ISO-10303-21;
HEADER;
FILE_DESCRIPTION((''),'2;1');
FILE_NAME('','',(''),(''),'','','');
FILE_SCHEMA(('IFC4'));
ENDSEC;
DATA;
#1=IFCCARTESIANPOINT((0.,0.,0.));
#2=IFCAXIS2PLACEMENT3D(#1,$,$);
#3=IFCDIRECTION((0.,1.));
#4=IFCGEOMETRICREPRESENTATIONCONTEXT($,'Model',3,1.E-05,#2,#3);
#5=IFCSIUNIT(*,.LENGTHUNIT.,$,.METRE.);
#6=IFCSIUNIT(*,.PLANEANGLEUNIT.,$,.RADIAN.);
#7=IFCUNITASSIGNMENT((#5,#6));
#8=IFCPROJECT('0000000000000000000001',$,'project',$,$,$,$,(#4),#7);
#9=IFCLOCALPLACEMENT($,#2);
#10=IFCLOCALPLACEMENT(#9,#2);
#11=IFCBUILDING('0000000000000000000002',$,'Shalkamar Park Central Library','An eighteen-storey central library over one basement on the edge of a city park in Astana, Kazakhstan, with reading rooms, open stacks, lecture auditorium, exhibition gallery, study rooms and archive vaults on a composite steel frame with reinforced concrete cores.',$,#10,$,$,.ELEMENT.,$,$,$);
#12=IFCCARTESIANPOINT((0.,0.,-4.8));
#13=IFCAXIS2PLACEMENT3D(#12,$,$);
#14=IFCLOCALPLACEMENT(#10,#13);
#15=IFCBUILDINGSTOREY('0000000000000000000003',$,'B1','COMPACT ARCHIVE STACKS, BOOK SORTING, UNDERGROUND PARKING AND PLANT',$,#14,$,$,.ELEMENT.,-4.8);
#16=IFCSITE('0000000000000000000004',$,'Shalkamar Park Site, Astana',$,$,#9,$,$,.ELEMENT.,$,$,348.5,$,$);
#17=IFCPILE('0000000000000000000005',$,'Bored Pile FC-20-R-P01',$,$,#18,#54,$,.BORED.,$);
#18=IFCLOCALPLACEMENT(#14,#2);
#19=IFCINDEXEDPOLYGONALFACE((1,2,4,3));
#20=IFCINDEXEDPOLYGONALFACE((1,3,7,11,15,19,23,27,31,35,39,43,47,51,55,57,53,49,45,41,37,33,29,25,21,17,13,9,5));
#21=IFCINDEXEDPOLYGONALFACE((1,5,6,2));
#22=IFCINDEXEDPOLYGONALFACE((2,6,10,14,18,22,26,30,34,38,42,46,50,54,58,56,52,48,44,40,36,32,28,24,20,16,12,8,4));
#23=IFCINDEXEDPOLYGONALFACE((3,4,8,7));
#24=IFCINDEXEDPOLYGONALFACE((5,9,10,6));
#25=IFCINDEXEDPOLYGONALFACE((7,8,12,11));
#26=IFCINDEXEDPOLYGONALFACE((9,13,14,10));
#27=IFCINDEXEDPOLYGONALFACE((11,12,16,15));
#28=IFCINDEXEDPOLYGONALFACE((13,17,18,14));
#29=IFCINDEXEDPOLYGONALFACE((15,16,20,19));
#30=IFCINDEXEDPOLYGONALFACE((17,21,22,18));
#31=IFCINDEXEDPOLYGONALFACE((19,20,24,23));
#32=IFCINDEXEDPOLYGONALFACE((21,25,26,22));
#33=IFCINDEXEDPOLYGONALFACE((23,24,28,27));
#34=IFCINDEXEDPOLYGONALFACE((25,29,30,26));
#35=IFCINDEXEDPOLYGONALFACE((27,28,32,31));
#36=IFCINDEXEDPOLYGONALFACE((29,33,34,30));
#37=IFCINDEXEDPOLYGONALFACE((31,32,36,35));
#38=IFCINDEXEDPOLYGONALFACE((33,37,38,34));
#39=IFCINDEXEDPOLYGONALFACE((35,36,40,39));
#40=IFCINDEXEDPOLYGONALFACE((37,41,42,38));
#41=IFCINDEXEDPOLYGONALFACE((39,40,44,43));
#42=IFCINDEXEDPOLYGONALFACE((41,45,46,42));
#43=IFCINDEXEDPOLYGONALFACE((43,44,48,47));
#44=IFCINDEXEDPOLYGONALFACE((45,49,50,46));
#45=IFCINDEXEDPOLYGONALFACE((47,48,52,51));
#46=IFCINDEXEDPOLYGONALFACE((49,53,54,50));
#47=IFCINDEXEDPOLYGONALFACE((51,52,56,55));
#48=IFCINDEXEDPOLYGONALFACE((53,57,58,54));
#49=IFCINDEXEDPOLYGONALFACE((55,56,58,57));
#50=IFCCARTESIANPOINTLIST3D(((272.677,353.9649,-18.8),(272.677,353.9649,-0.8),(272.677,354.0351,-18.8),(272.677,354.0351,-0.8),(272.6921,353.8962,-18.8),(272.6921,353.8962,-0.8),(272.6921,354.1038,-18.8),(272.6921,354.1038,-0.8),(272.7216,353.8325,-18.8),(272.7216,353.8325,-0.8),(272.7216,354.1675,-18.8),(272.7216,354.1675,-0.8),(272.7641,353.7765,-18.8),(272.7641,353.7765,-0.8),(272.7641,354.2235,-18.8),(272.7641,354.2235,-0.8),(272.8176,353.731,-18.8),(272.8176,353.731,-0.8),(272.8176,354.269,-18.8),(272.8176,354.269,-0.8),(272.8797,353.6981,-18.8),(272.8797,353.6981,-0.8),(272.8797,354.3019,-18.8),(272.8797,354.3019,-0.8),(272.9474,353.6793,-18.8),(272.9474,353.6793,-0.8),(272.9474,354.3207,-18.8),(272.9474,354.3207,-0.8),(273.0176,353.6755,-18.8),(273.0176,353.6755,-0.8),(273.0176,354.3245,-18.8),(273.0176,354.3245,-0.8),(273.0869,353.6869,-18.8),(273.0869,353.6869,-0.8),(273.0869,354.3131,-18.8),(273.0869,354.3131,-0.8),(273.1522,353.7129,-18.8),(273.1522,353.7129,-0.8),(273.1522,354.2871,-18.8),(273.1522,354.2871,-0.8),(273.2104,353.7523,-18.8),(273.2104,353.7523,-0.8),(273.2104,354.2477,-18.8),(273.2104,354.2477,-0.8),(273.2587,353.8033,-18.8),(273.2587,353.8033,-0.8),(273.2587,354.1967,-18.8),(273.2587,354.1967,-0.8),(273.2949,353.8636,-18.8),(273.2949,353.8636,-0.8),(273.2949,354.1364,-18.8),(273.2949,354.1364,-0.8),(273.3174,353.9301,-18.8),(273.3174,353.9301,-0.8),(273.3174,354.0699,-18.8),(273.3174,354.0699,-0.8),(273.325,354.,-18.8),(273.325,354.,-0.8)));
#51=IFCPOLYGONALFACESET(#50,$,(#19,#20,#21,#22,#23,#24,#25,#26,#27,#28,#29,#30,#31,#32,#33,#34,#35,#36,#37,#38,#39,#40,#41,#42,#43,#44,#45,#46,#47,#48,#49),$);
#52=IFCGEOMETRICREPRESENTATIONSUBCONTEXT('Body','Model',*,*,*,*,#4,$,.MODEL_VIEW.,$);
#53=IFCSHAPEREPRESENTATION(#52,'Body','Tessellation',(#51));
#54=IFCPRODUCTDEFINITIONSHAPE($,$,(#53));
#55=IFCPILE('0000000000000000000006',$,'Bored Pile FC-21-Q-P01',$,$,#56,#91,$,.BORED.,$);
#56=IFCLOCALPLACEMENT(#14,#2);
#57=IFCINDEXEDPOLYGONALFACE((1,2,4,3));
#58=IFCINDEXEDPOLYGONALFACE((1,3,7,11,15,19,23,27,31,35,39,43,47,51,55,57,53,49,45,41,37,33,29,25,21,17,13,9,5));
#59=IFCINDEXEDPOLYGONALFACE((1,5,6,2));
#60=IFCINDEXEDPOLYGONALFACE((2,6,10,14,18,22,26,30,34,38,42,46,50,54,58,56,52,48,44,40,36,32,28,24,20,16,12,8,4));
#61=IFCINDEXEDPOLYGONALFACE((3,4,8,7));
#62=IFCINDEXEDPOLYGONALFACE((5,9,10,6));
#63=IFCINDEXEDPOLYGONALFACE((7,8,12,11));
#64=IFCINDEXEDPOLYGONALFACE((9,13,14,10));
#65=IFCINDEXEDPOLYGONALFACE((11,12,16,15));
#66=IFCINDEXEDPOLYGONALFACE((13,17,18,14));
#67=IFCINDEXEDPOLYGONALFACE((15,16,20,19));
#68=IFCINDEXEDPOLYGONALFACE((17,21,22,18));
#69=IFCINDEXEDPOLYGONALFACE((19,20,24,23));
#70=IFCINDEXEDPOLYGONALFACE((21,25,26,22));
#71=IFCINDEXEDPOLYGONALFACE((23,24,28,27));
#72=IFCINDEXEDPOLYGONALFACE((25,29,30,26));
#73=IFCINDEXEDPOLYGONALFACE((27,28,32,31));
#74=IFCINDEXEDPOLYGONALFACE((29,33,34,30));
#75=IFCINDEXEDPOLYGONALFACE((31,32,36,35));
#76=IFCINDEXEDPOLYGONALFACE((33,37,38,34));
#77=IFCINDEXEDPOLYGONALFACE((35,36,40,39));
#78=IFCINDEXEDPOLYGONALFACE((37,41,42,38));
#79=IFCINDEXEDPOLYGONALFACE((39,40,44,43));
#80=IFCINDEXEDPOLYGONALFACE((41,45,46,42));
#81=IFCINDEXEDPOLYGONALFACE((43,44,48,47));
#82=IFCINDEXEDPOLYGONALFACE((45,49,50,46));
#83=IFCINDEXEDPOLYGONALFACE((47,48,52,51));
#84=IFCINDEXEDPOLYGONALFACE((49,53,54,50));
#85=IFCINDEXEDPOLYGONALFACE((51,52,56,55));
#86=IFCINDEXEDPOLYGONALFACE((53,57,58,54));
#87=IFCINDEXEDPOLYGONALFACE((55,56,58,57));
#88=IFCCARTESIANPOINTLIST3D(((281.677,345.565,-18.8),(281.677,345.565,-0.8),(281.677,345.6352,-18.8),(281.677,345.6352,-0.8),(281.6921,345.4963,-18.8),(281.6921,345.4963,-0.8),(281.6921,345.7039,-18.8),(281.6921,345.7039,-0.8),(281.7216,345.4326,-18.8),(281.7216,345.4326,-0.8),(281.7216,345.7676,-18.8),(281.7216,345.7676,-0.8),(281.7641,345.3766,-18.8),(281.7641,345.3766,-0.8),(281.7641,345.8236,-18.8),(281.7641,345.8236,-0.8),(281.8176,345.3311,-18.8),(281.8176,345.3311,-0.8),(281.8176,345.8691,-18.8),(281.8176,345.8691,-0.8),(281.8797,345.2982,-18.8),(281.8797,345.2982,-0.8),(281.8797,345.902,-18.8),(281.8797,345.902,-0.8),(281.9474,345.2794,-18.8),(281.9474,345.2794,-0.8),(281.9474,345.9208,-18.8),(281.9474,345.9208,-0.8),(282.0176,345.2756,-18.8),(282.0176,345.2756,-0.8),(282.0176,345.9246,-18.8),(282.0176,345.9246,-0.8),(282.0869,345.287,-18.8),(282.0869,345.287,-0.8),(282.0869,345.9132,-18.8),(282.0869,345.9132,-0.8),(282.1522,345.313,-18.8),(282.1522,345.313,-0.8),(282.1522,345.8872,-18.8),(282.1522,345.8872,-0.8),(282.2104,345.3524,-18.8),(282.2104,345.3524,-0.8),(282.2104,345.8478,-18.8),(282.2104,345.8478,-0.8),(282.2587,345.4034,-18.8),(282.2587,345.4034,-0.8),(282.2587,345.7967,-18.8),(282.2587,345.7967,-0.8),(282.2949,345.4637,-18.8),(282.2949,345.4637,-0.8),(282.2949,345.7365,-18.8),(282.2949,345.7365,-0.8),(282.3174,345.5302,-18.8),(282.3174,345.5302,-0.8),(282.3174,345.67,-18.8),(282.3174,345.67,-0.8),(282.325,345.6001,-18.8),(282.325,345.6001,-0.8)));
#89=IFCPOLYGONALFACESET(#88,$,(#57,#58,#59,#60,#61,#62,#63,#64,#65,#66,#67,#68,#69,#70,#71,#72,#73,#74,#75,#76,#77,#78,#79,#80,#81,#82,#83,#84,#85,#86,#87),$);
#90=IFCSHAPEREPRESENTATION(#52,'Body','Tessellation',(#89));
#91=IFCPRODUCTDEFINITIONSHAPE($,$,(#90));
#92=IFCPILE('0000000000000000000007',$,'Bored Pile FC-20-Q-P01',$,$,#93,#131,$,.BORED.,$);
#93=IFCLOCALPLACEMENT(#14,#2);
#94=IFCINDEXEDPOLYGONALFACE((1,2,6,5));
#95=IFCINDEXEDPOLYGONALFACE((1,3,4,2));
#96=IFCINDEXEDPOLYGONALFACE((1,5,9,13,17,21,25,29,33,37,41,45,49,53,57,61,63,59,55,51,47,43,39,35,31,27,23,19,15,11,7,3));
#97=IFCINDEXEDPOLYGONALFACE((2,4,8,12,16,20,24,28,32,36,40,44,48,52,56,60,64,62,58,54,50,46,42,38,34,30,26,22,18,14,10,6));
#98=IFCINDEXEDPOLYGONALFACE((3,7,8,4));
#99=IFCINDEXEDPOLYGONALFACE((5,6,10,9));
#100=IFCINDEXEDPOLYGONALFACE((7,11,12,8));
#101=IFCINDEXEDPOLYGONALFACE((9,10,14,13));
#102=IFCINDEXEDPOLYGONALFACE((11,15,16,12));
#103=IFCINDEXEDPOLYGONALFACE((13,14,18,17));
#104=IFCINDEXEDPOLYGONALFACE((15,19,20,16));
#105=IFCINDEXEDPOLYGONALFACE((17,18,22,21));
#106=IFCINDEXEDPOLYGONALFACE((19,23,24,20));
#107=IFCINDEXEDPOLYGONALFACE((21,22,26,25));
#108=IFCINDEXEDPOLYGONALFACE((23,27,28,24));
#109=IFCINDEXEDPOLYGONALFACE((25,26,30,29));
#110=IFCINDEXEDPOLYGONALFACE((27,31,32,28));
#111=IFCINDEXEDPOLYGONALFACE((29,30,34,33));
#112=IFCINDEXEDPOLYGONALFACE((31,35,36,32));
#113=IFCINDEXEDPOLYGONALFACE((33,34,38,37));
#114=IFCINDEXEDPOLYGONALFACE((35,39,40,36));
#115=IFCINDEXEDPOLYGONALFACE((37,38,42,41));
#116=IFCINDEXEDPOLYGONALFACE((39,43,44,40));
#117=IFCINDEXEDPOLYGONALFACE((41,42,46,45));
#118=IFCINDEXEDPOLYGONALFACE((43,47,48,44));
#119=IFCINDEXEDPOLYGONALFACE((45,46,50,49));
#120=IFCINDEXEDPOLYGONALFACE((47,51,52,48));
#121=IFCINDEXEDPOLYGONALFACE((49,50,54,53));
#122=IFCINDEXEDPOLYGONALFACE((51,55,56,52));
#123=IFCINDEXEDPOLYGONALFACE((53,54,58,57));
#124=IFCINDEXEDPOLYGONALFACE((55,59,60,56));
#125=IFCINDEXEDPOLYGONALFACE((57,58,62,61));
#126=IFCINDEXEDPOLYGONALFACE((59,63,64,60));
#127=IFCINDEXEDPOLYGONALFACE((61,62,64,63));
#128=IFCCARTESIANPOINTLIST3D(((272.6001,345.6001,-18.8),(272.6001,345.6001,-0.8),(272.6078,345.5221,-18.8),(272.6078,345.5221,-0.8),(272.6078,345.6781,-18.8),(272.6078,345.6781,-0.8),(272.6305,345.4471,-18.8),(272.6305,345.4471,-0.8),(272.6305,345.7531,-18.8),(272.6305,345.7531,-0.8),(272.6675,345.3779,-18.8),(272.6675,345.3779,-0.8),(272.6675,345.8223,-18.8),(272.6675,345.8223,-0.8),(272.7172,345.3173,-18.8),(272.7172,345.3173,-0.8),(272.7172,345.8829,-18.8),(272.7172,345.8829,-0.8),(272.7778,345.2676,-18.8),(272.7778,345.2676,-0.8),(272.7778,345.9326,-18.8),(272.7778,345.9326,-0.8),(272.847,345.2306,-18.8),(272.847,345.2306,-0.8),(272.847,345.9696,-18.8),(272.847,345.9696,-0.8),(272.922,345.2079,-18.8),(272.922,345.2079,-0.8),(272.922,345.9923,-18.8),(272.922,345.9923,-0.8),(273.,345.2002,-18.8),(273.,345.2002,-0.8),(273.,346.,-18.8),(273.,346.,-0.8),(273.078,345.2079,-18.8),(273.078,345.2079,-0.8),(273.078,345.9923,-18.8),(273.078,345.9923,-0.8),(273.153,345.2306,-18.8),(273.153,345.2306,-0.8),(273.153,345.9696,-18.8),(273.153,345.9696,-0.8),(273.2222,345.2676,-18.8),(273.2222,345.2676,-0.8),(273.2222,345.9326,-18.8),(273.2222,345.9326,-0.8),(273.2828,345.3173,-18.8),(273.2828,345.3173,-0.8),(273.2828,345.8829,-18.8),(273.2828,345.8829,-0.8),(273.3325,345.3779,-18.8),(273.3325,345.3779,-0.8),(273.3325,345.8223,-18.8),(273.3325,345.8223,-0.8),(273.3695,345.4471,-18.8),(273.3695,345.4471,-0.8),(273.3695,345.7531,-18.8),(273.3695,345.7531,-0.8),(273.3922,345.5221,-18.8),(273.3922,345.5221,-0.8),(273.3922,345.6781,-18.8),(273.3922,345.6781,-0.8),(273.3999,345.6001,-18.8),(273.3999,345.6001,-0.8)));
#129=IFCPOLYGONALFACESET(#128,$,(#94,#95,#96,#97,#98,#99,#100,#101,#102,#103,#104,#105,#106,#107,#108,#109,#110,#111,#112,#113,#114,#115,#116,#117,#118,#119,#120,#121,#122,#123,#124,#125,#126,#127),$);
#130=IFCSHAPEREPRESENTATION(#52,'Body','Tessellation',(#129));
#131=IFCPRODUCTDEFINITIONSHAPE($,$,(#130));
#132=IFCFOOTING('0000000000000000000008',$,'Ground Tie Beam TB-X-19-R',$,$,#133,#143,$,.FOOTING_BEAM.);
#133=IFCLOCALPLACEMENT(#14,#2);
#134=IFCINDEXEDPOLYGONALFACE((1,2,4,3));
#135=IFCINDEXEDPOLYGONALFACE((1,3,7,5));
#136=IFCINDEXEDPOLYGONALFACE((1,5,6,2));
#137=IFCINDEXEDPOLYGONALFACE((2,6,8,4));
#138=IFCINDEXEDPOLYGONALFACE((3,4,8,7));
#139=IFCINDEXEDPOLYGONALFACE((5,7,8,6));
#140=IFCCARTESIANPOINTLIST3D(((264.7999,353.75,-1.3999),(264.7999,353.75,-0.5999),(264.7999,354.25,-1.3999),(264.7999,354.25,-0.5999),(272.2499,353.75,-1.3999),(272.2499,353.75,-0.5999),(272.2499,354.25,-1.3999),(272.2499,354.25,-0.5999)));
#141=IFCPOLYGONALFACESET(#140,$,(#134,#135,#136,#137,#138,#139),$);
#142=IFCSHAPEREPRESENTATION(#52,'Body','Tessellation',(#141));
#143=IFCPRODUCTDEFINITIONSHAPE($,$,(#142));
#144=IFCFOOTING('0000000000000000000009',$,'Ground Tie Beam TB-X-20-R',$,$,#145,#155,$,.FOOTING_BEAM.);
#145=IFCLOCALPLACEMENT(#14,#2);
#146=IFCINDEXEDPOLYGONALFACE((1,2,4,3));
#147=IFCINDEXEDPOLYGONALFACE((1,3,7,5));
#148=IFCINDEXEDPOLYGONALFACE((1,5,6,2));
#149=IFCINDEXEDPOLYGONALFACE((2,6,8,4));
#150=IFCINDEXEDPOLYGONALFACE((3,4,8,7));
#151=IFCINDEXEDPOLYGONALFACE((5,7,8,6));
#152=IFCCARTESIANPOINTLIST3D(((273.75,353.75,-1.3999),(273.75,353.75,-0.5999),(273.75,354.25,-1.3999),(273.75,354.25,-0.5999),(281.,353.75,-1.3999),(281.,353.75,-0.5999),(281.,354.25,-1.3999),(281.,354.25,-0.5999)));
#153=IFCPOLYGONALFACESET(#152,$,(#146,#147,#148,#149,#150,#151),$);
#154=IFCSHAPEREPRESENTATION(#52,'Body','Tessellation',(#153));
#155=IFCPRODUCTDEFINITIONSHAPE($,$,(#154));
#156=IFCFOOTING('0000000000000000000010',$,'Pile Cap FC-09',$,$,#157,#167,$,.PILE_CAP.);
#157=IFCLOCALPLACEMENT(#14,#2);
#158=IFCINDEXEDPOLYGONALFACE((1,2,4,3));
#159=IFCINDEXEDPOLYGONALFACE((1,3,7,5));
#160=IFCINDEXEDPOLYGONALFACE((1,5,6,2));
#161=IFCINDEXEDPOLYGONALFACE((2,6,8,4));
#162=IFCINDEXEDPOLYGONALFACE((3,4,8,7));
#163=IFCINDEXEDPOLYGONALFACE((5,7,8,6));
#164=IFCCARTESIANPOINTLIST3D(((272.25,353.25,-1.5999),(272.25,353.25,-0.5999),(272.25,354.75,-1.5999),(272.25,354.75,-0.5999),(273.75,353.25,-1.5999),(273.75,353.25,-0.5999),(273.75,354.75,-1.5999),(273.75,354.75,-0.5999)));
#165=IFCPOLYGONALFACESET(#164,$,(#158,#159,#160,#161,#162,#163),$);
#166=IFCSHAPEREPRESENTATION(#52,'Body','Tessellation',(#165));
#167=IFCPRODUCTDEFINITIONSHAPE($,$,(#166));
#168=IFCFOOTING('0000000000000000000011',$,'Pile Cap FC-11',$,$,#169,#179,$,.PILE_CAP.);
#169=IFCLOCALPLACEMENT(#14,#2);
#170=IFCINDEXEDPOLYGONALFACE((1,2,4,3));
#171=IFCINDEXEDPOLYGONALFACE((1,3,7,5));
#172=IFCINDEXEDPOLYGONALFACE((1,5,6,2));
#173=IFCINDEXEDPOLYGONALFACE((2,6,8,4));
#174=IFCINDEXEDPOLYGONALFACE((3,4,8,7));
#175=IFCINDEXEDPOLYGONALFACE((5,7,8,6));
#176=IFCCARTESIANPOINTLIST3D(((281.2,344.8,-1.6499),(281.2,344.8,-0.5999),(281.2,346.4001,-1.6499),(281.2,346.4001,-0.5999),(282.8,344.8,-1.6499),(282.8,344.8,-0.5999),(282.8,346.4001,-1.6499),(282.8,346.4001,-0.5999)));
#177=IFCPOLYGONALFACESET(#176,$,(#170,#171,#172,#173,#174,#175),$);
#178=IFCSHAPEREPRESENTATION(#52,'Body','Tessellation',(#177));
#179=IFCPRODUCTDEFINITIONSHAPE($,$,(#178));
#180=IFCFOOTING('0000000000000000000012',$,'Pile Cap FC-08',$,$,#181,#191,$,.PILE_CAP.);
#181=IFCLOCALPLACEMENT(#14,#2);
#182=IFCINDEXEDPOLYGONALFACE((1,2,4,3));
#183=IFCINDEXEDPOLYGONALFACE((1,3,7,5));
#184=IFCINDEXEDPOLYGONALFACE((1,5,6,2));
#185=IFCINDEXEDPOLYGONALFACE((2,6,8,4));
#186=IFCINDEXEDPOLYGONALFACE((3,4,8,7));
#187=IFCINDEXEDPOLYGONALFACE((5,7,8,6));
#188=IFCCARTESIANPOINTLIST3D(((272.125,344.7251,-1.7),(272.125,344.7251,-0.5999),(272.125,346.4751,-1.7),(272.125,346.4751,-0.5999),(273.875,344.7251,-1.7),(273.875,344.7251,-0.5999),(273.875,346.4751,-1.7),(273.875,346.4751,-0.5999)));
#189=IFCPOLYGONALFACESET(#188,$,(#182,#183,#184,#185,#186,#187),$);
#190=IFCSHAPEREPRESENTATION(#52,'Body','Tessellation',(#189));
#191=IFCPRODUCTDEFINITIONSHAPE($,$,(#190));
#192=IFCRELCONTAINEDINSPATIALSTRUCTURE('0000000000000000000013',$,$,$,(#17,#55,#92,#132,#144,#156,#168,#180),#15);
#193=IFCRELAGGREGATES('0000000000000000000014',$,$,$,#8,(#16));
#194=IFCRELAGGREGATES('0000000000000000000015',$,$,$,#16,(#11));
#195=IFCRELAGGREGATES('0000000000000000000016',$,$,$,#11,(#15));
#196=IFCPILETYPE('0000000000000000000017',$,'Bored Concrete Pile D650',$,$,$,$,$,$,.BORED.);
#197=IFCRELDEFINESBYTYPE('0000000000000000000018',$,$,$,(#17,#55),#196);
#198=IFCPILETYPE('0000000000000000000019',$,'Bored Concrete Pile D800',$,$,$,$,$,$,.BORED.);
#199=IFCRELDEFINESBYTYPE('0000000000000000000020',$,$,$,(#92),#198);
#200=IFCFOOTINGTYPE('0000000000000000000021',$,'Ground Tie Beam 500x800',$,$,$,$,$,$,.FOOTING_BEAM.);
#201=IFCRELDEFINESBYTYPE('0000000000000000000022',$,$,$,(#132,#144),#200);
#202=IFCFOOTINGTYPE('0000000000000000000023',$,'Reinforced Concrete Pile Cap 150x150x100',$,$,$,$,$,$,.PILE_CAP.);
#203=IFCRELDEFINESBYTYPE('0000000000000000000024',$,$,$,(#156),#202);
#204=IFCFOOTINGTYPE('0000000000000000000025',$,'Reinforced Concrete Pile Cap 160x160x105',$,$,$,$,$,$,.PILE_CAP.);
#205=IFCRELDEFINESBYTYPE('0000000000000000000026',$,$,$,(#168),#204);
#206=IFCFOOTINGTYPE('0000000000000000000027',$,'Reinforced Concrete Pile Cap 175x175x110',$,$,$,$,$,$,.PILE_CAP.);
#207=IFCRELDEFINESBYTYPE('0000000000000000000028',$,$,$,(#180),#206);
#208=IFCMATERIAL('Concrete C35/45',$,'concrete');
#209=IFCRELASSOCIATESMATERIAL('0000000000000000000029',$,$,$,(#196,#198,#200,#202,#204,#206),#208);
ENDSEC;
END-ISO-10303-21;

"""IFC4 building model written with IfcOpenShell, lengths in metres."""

from ifc_helpers import new_model, si_unit, direction, frame, origin, origin_2d, place, context, subcontext, project, spatial, rectangle, circle, extrude, material, material_profile, profile_set, type_object, element, save


model = new_model("IFC4")

# Units and contexts
model_context = context("Model", 3, precision=1e-05, world=origin(), true_north=direction((0.0, 1.0)))
body_context = subcontext(model_context, "Body", "Model", "MODEL_VIEW")
ifc_project = project(units=[si_unit("LENGTHUNIT", "METRE"), si_unit("PLANEANGLEUNIT", "RADIAN")], contexts=[model_context])

# Site, building, storey
site_placement = place(None, origin())
site = spatial("IfcSite", under=ifc_project, at=site_placement, Name="Shalkamar Park Site, Astana", CompositionType="ELEMENT", RefElevation=348.5)
building_placement = place(site_placement, origin())
building = spatial("IfcBuilding", under=site, at=building_placement, Name="Shalkamar Park Central Library", Description="An eighteen-storey central library over one basement on the edge of a city park in Astana, Kazakhstan, with reading rooms, open stacks, lecture auditorium, exhibition gallery, study rooms and archive vaults on a composite steel frame with reinforced concrete cores.", CompositionType="ELEMENT")
storey_placement = place(building_placement, frame((0.0, 0.0, -4.8)))
storey = spatial("IfcBuildingStorey", under=building, at=storey_placement, Name="B1", Description="COMPACT ARCHIVE STACKS, BOOK SORTING, UNDERGROUND PARKING AND PLANT", CompositionType="ELEMENT", Elevation=-4.8)

# Piles
ifc_material_1 = material(Name="Concrete C35/45", Category="concrete")
ifc_material_profile_1 = material_profile(ifc_material_1, circle(Radius=0.325, at=origin_2d()), Name="PILE D650")
ifc_profile_set_1 = profile_set([ifc_material_profile_1], Name="Concrete C35/45")
pile_type_1 = type_object("IfcPileType", Name="Bored Concrete Pile D650", PredefinedType="BORED", material=ifc_profile_set_1)
for number, where, z_axis, x_axis, name in (
    (1, (273.0, 354.0, -0.8), (0.0, 0.0, -1.0), (1.0, 0.0, 0.0), "Bored Pile FC-20-R-P01"),
    (2, (282.0, 345.6001, -0.8), (0.0, 0.0, -1.0), (1.0, 0.0, 0.0), "Bored Pile FC-21-Q-P01"),
):
    element("IfcPile", number, at=place(storey_placement, frame(where, z_axis=z_axis, x_axis=x_axis)), inside=storey, type_object=pile_type_1, Name=name, PredefinedType="BORED", context=body_context, shape_type="SweptSolid", body=[
        extrude(circle(Radius=0.325, at=origin_2d()), origin(), (0.0, 0.0, 1.0), 18.0),
    ])
ifc_material_profile_2 = material_profile(ifc_material_1, circle(Radius=0.3999, at=origin_2d()), Name="PILE D800")
ifc_profile_set_2 = profile_set([ifc_material_profile_2], Name="Concrete C35/45")
pile_type_2 = type_object("IfcPileType", Name="Bored Concrete Pile D800", PredefinedType="BORED", material=ifc_profile_set_2)
pile_placement = place(storey_placement, frame((273.0, 345.6001, -0.8), z_axis=(0.0, 0.0, -1.0), x_axis=(1.0, 0.0, 0.0)))
element("IfcPile", 3, at=pile_placement, inside=storey, type_object=pile_type_2, Name="Bored Pile FC-20-Q-P01", PredefinedType="BORED", context=body_context, shape_type="SweptSolid", body=[
    extrude(circle(Radius=0.3999, at=origin_2d()), origin(), (0.0, 0.0, 1.0), 18.0),
])

# Footings
footing_type_1 = type_object("IfcFootingType", Name="Ground Tie Beam 500x800", PredefinedType="FOOTING_BEAM", material=ifc_material_1)
footing_1_placement = place(storey_placement, frame((268.5249, 354.0, -1.3999), z_axis=(0.0, 0.0, 1.0), x_axis=(1.0, 0.0, 0.0)))
element("IfcFooting", 4, at=footing_1_placement, inside=storey, type_object=footing_type_1, Name="Ground Tie Beam TB-X-19-R", PredefinedType="FOOTING_BEAM", context=body_context, shape_type="SweptSolid", body=[
    extrude(rectangle(XDim=7.45, YDim=0.5, at=origin_2d()), origin(), (0.0, 0.0, 1.0), 0.8),
])
footing_2_placement = place(storey_placement, frame((277.375, 354.0, -1.3999), z_axis=(0.0, 0.0, 1.0), x_axis=(1.0, 0.0, 0.0)))
element("IfcFooting", 5, at=footing_2_placement, inside=storey, type_object=footing_type_1, Name="Ground Tie Beam TB-X-20-R", PredefinedType="FOOTING_BEAM", context=body_context, shape_type="SweptSolid", body=[
    extrude(rectangle(XDim=7.25, YDim=0.5, at=origin_2d()), origin(), (0.0, 0.0, 1.0), 0.8),
])
footing_type_2 = type_object("IfcFootingType", Name="Reinforced Concrete Pile Cap 150x150x100", PredefinedType="PILE_CAP", material=ifc_material_1)
footing_3_placement = place(storey_placement, frame((273.0, 354.0, -1.5999), z_axis=(0.0, 0.0, 1.0), x_axis=(1.0, 0.0, 0.0)))
element("IfcFooting", 6, at=footing_3_placement, inside=storey, type_object=footing_type_2, Name="Pile Cap FC-09", PredefinedType="PILE_CAP", context=body_context, shape_type="SweptSolid", body=[
    extrude(rectangle(XDim=1.5, YDim=1.5, at=origin_2d()), origin(), (0.0, 0.0, 1.0), 1.0),
])
footing_type_3 = type_object("IfcFootingType", Name="Reinforced Concrete Pile Cap 160x160x105", PredefinedType="PILE_CAP", material=ifc_material_1)
footing_4_placement = place(storey_placement, frame((282.0, 345.6001, -1.6499), z_axis=(0.0, 0.0, 1.0), x_axis=(1.0, 0.0, 0.0)))
element("IfcFooting", 7, at=footing_4_placement, inside=storey, type_object=footing_type_3, Name="Pile Cap FC-11", PredefinedType="PILE_CAP", context=body_context, shape_type="SweptSolid", body=[
    extrude(rectangle(XDim=1.6001, YDim=1.6001, at=origin_2d()), origin(), (0.0, 0.0, 1.0), 1.05),
])
footing_type_4 = type_object("IfcFootingType", Name="Reinforced Concrete Pile Cap 175x175x110", PredefinedType="PILE_CAP", material=ifc_material_1)
footing_5_placement = place(storey_placement, frame((273.0, 345.6001, -1.7), z_axis=(0.0, 0.0, 1.0), x_axis=(1.0, 0.0, 0.0)))
element("IfcFooting", 8, at=footing_5_placement, inside=storey, type_object=footing_type_4, Name="Pile Cap FC-08", PredefinedType="PILE_CAP", context=body_context, shape_type="SweptSolid", body=[
    extrude(rectangle(XDim=1.75, YDim=1.75, at=origin_2d()), origin(), (0.0, 0.0, 1.0), 1.1001),
])

save(model, "model.ifc")
